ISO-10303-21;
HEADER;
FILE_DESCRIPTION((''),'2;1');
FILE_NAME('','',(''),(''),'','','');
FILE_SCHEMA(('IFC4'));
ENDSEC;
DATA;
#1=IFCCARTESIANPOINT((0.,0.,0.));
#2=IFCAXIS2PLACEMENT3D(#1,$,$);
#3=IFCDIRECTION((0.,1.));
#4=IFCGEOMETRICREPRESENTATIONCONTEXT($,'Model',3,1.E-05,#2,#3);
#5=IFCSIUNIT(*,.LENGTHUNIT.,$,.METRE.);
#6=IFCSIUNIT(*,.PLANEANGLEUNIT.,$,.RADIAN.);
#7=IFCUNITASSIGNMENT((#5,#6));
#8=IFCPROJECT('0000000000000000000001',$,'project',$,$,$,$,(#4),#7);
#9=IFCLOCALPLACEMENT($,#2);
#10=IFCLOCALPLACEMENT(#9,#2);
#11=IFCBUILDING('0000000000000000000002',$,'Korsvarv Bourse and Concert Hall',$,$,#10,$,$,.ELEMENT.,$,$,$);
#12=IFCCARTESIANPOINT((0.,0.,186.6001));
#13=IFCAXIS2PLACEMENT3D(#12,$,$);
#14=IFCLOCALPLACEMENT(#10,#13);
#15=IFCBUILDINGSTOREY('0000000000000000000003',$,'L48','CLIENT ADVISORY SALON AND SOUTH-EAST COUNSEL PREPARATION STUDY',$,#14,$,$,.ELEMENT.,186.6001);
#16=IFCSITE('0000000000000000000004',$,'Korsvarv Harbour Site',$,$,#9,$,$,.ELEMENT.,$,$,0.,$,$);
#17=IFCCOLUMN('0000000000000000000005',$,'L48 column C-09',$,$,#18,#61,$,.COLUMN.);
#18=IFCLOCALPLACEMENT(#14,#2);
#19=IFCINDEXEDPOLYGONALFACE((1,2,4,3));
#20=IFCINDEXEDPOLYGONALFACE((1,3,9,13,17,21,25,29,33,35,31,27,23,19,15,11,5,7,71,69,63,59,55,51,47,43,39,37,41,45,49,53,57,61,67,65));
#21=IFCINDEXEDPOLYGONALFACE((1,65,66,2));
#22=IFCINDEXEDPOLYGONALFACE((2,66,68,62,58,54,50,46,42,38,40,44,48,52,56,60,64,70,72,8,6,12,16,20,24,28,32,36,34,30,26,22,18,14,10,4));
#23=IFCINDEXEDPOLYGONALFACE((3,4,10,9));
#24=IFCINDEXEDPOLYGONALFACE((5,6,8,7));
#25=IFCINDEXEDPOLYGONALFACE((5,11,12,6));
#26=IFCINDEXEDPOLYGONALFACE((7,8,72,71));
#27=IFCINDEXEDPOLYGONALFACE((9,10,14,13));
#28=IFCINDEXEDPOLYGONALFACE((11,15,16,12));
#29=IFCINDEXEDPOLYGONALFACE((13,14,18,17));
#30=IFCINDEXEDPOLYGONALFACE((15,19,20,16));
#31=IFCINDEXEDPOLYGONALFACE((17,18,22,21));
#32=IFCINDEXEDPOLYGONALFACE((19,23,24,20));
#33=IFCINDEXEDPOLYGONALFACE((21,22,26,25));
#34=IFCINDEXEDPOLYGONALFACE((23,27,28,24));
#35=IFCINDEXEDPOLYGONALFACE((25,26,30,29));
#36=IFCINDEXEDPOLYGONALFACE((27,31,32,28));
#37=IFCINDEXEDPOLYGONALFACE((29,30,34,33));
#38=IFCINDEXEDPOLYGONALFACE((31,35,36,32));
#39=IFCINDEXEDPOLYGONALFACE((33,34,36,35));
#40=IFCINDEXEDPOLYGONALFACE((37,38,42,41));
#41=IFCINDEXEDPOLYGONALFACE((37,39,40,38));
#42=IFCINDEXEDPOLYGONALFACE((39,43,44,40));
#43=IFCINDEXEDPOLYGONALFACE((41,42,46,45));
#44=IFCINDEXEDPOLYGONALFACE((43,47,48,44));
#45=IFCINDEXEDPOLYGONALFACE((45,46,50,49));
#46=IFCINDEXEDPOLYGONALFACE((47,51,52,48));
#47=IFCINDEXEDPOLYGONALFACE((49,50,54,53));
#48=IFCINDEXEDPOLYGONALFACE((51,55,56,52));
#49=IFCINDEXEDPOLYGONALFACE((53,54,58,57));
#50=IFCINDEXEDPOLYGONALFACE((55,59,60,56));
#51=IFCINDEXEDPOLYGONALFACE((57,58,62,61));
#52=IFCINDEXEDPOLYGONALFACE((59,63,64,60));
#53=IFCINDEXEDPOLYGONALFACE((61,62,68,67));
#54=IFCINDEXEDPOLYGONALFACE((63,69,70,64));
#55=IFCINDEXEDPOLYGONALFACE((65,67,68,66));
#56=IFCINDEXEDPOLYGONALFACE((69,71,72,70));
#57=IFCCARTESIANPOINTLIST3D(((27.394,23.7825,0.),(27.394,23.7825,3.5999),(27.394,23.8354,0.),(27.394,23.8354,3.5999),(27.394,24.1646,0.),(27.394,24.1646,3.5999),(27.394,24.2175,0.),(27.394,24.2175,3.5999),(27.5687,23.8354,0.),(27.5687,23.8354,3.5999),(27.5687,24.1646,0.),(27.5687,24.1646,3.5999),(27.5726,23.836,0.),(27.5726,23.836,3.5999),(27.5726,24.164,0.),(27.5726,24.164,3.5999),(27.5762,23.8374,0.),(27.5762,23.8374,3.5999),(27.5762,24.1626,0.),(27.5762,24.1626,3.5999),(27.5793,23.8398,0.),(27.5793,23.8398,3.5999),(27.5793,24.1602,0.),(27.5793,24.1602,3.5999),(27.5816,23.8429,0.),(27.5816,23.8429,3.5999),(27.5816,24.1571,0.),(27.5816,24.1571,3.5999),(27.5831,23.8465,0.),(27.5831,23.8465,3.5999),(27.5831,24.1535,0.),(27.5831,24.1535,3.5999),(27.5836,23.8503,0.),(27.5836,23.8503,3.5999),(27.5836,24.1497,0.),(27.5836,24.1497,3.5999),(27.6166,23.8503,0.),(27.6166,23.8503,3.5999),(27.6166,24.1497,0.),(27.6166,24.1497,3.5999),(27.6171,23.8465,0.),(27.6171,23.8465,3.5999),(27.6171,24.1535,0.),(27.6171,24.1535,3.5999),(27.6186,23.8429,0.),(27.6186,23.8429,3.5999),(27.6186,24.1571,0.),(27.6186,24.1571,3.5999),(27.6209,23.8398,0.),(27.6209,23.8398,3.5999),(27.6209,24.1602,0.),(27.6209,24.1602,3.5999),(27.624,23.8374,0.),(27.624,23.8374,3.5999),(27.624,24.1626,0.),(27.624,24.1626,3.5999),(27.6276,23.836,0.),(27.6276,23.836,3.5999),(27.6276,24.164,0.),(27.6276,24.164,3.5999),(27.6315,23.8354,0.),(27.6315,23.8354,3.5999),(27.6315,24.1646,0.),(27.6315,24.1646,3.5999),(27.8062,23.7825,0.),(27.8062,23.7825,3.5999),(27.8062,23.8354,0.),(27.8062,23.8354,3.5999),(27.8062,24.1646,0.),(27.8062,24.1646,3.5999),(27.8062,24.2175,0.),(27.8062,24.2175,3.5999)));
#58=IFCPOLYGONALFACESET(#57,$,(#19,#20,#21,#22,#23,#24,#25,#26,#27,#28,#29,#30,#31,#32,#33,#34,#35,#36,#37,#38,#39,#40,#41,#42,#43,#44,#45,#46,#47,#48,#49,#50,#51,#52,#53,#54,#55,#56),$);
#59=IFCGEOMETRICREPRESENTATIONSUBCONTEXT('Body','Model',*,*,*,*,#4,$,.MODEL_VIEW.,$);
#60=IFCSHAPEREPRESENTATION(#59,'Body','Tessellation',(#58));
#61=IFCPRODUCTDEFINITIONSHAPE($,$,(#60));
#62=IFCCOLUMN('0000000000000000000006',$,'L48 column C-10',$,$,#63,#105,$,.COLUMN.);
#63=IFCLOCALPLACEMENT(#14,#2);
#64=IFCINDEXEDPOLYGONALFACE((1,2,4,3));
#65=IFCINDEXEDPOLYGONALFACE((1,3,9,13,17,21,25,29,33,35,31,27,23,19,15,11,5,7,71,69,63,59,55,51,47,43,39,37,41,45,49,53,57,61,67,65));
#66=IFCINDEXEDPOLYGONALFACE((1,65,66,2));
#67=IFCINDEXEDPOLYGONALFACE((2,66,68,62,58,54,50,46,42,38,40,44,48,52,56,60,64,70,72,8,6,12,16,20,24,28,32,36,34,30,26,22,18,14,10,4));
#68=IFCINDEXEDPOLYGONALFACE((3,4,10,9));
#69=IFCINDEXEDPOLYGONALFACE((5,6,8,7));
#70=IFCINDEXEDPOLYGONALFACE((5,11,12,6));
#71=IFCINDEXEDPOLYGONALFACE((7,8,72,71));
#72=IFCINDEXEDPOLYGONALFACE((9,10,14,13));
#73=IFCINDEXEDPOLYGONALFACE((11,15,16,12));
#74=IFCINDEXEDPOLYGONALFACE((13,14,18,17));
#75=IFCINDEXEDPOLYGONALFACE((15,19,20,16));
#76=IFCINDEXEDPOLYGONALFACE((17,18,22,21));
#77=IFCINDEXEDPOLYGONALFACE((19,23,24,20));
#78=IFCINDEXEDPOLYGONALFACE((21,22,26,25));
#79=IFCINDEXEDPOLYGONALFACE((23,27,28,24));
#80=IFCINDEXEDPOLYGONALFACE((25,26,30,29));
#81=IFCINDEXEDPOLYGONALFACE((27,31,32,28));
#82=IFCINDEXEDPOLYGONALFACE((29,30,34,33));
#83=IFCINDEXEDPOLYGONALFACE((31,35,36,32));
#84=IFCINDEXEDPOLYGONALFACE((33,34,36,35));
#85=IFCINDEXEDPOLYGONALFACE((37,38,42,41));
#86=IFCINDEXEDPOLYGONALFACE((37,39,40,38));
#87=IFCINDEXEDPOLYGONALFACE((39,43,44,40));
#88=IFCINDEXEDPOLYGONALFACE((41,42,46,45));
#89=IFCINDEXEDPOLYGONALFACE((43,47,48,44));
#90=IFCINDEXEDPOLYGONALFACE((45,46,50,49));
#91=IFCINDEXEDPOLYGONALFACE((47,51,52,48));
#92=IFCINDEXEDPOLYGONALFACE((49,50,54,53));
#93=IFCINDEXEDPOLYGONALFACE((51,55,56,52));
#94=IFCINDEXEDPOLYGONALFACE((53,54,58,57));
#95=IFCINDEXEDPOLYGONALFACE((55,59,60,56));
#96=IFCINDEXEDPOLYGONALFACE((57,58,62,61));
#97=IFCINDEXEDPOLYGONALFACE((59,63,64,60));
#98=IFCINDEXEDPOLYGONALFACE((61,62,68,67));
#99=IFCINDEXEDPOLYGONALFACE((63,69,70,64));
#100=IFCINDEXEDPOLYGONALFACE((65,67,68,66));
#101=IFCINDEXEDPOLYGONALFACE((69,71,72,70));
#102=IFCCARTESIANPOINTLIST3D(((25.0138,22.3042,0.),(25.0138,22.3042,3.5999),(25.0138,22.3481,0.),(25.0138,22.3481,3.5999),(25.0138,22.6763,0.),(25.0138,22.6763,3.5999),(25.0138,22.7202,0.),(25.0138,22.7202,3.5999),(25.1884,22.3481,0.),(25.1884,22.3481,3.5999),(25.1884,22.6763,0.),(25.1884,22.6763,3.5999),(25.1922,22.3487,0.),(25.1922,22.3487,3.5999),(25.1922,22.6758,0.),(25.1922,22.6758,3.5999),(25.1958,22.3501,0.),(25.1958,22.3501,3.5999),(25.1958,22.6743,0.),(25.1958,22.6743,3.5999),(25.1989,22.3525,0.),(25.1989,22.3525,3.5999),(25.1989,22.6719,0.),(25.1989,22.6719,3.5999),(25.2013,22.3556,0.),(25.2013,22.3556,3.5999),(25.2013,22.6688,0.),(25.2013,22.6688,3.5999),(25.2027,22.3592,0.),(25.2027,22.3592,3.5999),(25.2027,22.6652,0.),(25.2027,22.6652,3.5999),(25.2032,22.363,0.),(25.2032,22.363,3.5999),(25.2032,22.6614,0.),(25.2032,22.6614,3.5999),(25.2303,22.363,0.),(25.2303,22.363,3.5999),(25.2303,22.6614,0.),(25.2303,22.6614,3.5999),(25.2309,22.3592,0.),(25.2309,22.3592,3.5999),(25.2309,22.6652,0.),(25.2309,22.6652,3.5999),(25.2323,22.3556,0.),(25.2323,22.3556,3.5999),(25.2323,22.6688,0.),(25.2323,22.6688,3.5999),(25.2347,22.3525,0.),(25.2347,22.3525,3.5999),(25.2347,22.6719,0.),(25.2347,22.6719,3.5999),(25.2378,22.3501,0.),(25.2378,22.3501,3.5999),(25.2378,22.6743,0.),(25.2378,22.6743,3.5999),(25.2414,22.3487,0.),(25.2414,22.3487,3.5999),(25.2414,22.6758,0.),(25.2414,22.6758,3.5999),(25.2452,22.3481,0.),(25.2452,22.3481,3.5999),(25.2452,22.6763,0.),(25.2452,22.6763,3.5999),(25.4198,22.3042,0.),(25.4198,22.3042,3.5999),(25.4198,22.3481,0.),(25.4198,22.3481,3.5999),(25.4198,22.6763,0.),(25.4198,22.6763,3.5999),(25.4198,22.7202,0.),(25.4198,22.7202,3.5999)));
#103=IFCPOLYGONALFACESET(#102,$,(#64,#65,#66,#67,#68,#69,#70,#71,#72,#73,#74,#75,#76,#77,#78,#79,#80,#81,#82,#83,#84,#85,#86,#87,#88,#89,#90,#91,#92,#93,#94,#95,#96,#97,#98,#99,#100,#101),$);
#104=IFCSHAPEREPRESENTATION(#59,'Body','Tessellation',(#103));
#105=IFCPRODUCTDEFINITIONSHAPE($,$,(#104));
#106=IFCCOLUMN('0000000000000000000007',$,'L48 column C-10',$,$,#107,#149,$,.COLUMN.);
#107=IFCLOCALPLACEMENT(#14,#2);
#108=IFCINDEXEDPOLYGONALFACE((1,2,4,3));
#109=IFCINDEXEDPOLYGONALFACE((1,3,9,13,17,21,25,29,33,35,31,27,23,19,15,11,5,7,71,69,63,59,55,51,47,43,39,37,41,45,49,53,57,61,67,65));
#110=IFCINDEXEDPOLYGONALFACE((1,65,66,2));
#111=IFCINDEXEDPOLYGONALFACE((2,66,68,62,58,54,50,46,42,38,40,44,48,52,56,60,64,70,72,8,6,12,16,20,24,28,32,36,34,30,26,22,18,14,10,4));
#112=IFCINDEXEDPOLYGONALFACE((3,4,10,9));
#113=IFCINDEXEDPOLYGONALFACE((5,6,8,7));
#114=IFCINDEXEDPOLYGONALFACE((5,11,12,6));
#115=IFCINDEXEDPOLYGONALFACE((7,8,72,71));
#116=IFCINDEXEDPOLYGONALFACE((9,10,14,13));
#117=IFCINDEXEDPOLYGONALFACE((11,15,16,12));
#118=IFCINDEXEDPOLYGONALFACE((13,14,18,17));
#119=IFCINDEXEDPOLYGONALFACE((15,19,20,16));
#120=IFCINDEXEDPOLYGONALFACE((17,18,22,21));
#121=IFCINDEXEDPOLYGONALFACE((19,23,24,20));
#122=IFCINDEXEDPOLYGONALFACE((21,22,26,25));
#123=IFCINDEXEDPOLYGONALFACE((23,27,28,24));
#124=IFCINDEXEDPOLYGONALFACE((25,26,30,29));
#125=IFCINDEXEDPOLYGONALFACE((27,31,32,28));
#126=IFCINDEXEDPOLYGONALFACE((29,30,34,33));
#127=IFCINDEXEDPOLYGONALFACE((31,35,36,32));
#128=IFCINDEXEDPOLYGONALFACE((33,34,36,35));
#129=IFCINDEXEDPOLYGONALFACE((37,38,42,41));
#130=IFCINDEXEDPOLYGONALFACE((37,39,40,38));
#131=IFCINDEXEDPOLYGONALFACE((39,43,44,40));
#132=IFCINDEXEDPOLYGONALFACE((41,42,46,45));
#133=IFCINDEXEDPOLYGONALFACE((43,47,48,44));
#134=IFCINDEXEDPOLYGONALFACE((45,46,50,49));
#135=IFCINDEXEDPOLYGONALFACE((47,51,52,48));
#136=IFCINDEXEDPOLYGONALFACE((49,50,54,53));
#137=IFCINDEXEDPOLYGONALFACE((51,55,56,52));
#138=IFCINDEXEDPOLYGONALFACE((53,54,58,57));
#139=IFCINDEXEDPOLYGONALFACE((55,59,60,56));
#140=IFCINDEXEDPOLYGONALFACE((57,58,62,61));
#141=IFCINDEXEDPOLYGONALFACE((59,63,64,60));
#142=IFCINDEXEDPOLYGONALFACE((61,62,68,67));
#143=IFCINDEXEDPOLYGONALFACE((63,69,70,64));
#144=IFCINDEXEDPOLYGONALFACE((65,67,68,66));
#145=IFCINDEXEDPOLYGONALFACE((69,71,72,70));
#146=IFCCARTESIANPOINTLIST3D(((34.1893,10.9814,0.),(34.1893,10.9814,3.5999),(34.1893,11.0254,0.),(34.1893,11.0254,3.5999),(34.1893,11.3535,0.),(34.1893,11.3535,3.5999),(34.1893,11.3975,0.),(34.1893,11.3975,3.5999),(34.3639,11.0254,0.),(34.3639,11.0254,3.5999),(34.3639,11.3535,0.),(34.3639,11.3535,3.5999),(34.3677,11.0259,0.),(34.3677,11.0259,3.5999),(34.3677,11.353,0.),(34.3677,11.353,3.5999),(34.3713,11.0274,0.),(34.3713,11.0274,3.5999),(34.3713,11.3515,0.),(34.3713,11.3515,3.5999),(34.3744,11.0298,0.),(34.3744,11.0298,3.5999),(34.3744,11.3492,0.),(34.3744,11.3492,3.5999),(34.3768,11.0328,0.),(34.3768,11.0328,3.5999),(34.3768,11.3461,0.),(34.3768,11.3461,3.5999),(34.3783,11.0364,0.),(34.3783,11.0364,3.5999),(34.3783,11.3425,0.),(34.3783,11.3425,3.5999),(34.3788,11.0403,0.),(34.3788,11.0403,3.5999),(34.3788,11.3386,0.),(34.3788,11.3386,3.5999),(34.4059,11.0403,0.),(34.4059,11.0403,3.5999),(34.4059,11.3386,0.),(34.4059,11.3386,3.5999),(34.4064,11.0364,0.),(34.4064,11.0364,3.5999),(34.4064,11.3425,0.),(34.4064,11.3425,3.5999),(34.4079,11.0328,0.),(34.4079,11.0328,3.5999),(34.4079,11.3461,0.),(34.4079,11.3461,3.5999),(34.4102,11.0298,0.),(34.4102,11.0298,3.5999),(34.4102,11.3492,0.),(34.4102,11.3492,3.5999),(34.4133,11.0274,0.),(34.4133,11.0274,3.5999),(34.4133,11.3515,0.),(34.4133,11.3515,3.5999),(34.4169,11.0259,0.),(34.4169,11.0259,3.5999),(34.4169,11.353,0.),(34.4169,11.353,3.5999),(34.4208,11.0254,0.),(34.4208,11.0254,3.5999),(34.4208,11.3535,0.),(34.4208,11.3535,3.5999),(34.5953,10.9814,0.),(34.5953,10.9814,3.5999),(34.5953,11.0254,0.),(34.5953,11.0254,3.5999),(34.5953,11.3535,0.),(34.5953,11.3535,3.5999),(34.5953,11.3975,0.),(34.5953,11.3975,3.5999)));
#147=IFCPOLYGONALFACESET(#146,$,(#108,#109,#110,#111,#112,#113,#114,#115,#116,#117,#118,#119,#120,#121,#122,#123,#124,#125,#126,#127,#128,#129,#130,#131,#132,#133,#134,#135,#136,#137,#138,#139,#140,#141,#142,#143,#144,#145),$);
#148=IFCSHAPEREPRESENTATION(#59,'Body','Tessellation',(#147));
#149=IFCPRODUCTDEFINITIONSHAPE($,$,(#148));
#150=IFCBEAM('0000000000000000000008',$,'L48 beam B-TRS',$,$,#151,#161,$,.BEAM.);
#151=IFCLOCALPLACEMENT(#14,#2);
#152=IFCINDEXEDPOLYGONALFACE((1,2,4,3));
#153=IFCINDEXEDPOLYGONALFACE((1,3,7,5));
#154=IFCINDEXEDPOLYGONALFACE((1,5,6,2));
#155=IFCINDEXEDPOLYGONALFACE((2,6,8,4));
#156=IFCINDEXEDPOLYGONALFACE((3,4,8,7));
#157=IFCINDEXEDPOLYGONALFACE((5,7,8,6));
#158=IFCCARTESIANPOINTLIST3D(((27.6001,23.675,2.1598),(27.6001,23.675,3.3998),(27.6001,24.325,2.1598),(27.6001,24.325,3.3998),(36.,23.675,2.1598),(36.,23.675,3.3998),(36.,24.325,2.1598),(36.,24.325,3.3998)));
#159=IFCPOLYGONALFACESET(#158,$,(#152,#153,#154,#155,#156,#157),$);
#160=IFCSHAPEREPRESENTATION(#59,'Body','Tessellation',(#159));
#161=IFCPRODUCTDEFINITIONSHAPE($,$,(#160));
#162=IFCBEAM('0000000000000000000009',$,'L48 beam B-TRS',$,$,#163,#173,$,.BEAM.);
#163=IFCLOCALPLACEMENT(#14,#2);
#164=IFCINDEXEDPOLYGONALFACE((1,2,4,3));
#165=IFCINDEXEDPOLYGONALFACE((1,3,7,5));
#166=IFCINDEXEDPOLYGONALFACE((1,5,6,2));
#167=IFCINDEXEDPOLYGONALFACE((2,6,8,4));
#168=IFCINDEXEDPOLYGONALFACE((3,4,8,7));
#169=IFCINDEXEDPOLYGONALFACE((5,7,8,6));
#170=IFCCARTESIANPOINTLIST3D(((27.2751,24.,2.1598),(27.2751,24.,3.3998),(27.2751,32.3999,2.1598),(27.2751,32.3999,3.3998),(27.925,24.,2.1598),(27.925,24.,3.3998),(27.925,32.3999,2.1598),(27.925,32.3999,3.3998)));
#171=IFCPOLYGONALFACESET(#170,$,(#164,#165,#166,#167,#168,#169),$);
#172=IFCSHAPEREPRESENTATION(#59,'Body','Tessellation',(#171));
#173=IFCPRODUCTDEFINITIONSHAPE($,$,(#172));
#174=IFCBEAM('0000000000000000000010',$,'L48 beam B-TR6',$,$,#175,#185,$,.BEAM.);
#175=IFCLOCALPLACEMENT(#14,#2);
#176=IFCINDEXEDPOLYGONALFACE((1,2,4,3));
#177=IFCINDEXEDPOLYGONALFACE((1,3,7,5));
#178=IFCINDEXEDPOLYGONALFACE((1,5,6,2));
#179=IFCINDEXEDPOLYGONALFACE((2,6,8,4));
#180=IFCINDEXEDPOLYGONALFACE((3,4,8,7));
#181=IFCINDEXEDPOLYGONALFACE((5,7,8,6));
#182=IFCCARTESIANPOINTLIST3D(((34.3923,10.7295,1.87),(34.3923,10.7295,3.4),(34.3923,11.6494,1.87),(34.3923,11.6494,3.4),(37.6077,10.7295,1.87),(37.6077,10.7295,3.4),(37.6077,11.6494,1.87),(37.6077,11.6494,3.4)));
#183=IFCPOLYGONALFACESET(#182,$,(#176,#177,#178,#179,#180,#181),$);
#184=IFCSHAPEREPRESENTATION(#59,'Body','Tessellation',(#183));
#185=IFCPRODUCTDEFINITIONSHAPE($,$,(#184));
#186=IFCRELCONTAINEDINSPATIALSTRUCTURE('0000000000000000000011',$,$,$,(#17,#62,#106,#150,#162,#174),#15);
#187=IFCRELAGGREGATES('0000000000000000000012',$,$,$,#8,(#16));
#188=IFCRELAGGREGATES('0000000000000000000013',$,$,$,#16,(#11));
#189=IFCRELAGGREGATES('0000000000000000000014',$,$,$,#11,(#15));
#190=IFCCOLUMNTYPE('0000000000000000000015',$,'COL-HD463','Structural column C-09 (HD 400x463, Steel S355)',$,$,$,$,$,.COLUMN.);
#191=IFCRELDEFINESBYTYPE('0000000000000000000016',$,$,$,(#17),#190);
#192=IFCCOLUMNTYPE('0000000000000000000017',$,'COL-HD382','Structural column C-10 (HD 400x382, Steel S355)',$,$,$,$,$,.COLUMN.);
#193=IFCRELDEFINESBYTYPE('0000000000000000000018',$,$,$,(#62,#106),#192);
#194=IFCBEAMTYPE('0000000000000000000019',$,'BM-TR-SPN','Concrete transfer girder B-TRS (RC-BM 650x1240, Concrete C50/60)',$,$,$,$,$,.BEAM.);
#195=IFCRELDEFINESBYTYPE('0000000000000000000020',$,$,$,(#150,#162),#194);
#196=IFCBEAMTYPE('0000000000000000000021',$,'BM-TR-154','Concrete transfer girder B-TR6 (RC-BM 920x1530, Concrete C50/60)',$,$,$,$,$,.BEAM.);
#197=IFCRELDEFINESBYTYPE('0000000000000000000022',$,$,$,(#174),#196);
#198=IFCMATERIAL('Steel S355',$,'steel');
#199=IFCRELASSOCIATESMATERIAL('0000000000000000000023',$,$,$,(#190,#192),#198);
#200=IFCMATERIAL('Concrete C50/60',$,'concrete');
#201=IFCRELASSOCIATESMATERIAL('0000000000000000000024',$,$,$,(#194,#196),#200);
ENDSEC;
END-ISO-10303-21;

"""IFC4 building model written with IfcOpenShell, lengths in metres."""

from ifc_helpers import new_model, si_unit, direction, frame, origin, origin_2d, place, context, subcontext, project, spatial, rectangle, i_section, extrude, source, transform, mapped, material, material_profile, profile_set, type_object, element, save


model = new_model("IFC4")

# Units and contexts
model_context = context("Model", 3, precision=1e-05, world=origin(), true_north=direction((0.0, 1.0)))
body_context = subcontext(model_context, "Body", "Model", "MODEL_VIEW")
ifc_project = project(units=[si_unit("LENGTHUNIT", "METRE"), si_unit("PLANEANGLEUNIT", "RADIAN")], contexts=[model_context])

# Site, building, storey
site_placement = place(None, origin())
site = spatial("IfcSite", under=ifc_project, at=site_placement, Name="Korsvarv Harbour Site", CompositionType="ELEMENT", RefElevation=0.0)
building_placement = place(site_placement, origin())
building = spatial("IfcBuilding", under=site, at=building_placement, Name="Korsvarv Bourse and Concert Hall", CompositionType="ELEMENT")
storey_placement = place(building_placement, frame((0.0, 0.0, 186.6001)))
storey = spatial("IfcBuildingStorey", under=building, at=storey_placement, Name="L48", Description="CLIENT ADVISORY SALON AND SOUTH-EAST COUNSEL PREPARATION STUDY", CompositionType="ELEMENT", Elevation=186.6001)

# Columns
ifc_material_1 = material(Name="Steel S355", Category="steel")
ifc_material_profile_1 = material_profile(ifc_material_1, i_section(OverallWidth=0.4121, OverallDepth=0.4351, WebThickness=0.033, FlangeThickness=0.053, FilletRadius=0.0149, at=origin_2d()), Name="HD 400x463")
ifc_profile_set_1 = profile_set([ifc_material_profile_1], Name="Steel S355")
column_type_1 = type_object("IfcColumnType", Name="COL-HD463", Description="Structural column C-09 (HD 400x463, Steel S355)", PredefinedType="COLUMN", material=ifc_profile_set_1)
shared_shape_1 = source(origin(), body_context, "Body", "SweptSolid", [
    extrude(i_section(OverallWidth=0.4121, OverallDepth=0.4351, WebThickness=0.033, FlangeThickness=0.053, FilletRadius=0.0149, at=origin_2d()), origin(), (0.0, 0.0, 1.0), 3.5999),
])
column_placement = place(storey_placement, frame((27.6001, 24.0, 0.0), z_axis=(0.0, 0.0, 1.0), x_axis=(1.0, 0.0, 0.0)))
element("IfcColumn", 1, at=column_placement, inside=storey, type_object=column_type_1, Name="L48 column C-09", PredefinedType="COLUMN", context=body_context, shape_type="MappedRepresentation", body=[
    mapped(shared_shape_1, transform((0.0, 0.0, 0.0), scale=1.0)),
])
ifc_material_profile_2 = material_profile(ifc_material_1, i_section(OverallWidth=0.406, OverallDepth=0.416, WebThickness=0.0271, FlangeThickness=0.0439, FilletRadius=0.0149, at=origin_2d()), Name="HD 400x382")
ifc_profile_set_2 = profile_set([ifc_material_profile_2], Name="Steel S355")
column_type_2 = type_object("IfcColumnType", Name="COL-HD382", Description="Structural column C-10 (HD 400x382, Steel S355)", PredefinedType="COLUMN", material=ifc_profile_set_2)
shared_shape_2 = source(origin(), body_context, "Body", "SweptSolid", [
    extrude(i_section(OverallWidth=0.406, OverallDepth=0.416, WebThickness=0.0271, FlangeThickness=0.0439, FilletRadius=0.0149, at=origin_2d()), origin(), (0.0, 0.0, 1.0), 3.5999),
])
for number, where, z_axis, x_axis, name in (
    (2, (25.2168, 22.5122, 0.0), (0.0, 0.0, 1.0), (1.0, 0.0, 0.0), "L48 column C-10"),
    (3, (34.3923, 11.1895, 0.0), (0.0, 0.0, 1.0), (1.0, 0.0, 0.0), "L48 column C-10"),
):
    element("IfcColumn", number, at=place(storey_placement, frame(where, z_axis=z_axis, x_axis=x_axis)), inside=storey, type_object=column_type_2, Name=name, PredefinedType="COLUMN", context=body_context, shape_type="MappedRepresentation", body=[
        mapped(shared_shape_2, transform((0.0, 0.0, 0.0), scale=1.0)),
    ])

# Beams
ifc_material_2 = material(Name="Concrete C50/60", Category="concrete")
ifc_material_profile_3 = material_profile(ifc_material_2, rectangle(XDim=0.6499, YDim=1.24, at=origin_2d()), Name="RC-BM 650x1240")
ifc_profile_set_3 = profile_set([ifc_material_profile_3], Name="Concrete C50/60")
beam_type_1 = type_object("IfcBeamType", Name="BM-TR-SPN", Description="Concrete transfer girder B-TRS (RC-BM 650x1240, Concrete C50/60)", PredefinedType="BEAM", material=ifc_profile_set_3)
shared_shape_3 = source(origin(), body_context, "Body", "SweptSolid", [
    extrude(rectangle(XDim=0.6499, YDim=1.24, at=origin_2d()), origin(), (0.0, 0.0, 1.0), 8.3999),
])
for number, where, z_axis, x_axis, name in (
    (4, (27.6001, 24.0, 2.7798), (1.0, 0.0, 0.0), (0.0, 1.0, 0.0), "L48 beam B-TRS"),
    (5, (27.6001, 24.0, 2.7798), (0.0, 1.0, 0.0), (-1.0, 0.0, 0.0), "L48 beam B-TRS"),
):
    element("IfcBeam", number, at=place(storey_placement, frame(where, z_axis=z_axis, x_axis=x_axis)), inside=storey, type_object=beam_type_1, Name=name, PredefinedType="BEAM", context=body_context, shape_type="MappedRepresentation", body=[
        mapped(shared_shape_3, transform((0.0, 0.0, 0.0), scale=1.0)),
    ])
ifc_material_profile_4 = material_profile(ifc_material_2, rectangle(XDim=0.9199, YDim=1.53, at=origin_2d()), Name="RC-BM 920x1530")
ifc_profile_set_4 = profile_set([ifc_material_profile_4], Name="Concrete C50/60")
beam_type_2 = type_object("IfcBeamType", Name="BM-TR-154", Description="Concrete transfer girder B-TR6 (RC-BM 920x1530, Concrete C50/60)", PredefinedType="BEAM", material=ifc_profile_set_4)
shared_shape_4 = source(origin(), body_context, "Body", "SweptSolid", [
    extrude(rectangle(XDim=0.9199, YDim=1.53, at=origin_2d()), origin(), (0.0, 0.0, 1.0), 3.2153),
])
beam_1_placement = place(storey_placement, frame((34.3923, 11.1895, 2.635), z_axis=(1.0, 0.0, 0.0), x_axis=(0.0, 1.0, 0.0)))
element("IfcBeam", 6, at=beam_1_placement, inside=storey, type_object=beam_type_2, Name="L48 beam B-TR6", PredefinedType="BEAM", context=body_context, shape_type="MappedRepresentation", body=[
    mapped(shared_shape_4, transform((0.0, 0.0, 0.0), scale=1.0)),
])

save(model, "model.ifc")
